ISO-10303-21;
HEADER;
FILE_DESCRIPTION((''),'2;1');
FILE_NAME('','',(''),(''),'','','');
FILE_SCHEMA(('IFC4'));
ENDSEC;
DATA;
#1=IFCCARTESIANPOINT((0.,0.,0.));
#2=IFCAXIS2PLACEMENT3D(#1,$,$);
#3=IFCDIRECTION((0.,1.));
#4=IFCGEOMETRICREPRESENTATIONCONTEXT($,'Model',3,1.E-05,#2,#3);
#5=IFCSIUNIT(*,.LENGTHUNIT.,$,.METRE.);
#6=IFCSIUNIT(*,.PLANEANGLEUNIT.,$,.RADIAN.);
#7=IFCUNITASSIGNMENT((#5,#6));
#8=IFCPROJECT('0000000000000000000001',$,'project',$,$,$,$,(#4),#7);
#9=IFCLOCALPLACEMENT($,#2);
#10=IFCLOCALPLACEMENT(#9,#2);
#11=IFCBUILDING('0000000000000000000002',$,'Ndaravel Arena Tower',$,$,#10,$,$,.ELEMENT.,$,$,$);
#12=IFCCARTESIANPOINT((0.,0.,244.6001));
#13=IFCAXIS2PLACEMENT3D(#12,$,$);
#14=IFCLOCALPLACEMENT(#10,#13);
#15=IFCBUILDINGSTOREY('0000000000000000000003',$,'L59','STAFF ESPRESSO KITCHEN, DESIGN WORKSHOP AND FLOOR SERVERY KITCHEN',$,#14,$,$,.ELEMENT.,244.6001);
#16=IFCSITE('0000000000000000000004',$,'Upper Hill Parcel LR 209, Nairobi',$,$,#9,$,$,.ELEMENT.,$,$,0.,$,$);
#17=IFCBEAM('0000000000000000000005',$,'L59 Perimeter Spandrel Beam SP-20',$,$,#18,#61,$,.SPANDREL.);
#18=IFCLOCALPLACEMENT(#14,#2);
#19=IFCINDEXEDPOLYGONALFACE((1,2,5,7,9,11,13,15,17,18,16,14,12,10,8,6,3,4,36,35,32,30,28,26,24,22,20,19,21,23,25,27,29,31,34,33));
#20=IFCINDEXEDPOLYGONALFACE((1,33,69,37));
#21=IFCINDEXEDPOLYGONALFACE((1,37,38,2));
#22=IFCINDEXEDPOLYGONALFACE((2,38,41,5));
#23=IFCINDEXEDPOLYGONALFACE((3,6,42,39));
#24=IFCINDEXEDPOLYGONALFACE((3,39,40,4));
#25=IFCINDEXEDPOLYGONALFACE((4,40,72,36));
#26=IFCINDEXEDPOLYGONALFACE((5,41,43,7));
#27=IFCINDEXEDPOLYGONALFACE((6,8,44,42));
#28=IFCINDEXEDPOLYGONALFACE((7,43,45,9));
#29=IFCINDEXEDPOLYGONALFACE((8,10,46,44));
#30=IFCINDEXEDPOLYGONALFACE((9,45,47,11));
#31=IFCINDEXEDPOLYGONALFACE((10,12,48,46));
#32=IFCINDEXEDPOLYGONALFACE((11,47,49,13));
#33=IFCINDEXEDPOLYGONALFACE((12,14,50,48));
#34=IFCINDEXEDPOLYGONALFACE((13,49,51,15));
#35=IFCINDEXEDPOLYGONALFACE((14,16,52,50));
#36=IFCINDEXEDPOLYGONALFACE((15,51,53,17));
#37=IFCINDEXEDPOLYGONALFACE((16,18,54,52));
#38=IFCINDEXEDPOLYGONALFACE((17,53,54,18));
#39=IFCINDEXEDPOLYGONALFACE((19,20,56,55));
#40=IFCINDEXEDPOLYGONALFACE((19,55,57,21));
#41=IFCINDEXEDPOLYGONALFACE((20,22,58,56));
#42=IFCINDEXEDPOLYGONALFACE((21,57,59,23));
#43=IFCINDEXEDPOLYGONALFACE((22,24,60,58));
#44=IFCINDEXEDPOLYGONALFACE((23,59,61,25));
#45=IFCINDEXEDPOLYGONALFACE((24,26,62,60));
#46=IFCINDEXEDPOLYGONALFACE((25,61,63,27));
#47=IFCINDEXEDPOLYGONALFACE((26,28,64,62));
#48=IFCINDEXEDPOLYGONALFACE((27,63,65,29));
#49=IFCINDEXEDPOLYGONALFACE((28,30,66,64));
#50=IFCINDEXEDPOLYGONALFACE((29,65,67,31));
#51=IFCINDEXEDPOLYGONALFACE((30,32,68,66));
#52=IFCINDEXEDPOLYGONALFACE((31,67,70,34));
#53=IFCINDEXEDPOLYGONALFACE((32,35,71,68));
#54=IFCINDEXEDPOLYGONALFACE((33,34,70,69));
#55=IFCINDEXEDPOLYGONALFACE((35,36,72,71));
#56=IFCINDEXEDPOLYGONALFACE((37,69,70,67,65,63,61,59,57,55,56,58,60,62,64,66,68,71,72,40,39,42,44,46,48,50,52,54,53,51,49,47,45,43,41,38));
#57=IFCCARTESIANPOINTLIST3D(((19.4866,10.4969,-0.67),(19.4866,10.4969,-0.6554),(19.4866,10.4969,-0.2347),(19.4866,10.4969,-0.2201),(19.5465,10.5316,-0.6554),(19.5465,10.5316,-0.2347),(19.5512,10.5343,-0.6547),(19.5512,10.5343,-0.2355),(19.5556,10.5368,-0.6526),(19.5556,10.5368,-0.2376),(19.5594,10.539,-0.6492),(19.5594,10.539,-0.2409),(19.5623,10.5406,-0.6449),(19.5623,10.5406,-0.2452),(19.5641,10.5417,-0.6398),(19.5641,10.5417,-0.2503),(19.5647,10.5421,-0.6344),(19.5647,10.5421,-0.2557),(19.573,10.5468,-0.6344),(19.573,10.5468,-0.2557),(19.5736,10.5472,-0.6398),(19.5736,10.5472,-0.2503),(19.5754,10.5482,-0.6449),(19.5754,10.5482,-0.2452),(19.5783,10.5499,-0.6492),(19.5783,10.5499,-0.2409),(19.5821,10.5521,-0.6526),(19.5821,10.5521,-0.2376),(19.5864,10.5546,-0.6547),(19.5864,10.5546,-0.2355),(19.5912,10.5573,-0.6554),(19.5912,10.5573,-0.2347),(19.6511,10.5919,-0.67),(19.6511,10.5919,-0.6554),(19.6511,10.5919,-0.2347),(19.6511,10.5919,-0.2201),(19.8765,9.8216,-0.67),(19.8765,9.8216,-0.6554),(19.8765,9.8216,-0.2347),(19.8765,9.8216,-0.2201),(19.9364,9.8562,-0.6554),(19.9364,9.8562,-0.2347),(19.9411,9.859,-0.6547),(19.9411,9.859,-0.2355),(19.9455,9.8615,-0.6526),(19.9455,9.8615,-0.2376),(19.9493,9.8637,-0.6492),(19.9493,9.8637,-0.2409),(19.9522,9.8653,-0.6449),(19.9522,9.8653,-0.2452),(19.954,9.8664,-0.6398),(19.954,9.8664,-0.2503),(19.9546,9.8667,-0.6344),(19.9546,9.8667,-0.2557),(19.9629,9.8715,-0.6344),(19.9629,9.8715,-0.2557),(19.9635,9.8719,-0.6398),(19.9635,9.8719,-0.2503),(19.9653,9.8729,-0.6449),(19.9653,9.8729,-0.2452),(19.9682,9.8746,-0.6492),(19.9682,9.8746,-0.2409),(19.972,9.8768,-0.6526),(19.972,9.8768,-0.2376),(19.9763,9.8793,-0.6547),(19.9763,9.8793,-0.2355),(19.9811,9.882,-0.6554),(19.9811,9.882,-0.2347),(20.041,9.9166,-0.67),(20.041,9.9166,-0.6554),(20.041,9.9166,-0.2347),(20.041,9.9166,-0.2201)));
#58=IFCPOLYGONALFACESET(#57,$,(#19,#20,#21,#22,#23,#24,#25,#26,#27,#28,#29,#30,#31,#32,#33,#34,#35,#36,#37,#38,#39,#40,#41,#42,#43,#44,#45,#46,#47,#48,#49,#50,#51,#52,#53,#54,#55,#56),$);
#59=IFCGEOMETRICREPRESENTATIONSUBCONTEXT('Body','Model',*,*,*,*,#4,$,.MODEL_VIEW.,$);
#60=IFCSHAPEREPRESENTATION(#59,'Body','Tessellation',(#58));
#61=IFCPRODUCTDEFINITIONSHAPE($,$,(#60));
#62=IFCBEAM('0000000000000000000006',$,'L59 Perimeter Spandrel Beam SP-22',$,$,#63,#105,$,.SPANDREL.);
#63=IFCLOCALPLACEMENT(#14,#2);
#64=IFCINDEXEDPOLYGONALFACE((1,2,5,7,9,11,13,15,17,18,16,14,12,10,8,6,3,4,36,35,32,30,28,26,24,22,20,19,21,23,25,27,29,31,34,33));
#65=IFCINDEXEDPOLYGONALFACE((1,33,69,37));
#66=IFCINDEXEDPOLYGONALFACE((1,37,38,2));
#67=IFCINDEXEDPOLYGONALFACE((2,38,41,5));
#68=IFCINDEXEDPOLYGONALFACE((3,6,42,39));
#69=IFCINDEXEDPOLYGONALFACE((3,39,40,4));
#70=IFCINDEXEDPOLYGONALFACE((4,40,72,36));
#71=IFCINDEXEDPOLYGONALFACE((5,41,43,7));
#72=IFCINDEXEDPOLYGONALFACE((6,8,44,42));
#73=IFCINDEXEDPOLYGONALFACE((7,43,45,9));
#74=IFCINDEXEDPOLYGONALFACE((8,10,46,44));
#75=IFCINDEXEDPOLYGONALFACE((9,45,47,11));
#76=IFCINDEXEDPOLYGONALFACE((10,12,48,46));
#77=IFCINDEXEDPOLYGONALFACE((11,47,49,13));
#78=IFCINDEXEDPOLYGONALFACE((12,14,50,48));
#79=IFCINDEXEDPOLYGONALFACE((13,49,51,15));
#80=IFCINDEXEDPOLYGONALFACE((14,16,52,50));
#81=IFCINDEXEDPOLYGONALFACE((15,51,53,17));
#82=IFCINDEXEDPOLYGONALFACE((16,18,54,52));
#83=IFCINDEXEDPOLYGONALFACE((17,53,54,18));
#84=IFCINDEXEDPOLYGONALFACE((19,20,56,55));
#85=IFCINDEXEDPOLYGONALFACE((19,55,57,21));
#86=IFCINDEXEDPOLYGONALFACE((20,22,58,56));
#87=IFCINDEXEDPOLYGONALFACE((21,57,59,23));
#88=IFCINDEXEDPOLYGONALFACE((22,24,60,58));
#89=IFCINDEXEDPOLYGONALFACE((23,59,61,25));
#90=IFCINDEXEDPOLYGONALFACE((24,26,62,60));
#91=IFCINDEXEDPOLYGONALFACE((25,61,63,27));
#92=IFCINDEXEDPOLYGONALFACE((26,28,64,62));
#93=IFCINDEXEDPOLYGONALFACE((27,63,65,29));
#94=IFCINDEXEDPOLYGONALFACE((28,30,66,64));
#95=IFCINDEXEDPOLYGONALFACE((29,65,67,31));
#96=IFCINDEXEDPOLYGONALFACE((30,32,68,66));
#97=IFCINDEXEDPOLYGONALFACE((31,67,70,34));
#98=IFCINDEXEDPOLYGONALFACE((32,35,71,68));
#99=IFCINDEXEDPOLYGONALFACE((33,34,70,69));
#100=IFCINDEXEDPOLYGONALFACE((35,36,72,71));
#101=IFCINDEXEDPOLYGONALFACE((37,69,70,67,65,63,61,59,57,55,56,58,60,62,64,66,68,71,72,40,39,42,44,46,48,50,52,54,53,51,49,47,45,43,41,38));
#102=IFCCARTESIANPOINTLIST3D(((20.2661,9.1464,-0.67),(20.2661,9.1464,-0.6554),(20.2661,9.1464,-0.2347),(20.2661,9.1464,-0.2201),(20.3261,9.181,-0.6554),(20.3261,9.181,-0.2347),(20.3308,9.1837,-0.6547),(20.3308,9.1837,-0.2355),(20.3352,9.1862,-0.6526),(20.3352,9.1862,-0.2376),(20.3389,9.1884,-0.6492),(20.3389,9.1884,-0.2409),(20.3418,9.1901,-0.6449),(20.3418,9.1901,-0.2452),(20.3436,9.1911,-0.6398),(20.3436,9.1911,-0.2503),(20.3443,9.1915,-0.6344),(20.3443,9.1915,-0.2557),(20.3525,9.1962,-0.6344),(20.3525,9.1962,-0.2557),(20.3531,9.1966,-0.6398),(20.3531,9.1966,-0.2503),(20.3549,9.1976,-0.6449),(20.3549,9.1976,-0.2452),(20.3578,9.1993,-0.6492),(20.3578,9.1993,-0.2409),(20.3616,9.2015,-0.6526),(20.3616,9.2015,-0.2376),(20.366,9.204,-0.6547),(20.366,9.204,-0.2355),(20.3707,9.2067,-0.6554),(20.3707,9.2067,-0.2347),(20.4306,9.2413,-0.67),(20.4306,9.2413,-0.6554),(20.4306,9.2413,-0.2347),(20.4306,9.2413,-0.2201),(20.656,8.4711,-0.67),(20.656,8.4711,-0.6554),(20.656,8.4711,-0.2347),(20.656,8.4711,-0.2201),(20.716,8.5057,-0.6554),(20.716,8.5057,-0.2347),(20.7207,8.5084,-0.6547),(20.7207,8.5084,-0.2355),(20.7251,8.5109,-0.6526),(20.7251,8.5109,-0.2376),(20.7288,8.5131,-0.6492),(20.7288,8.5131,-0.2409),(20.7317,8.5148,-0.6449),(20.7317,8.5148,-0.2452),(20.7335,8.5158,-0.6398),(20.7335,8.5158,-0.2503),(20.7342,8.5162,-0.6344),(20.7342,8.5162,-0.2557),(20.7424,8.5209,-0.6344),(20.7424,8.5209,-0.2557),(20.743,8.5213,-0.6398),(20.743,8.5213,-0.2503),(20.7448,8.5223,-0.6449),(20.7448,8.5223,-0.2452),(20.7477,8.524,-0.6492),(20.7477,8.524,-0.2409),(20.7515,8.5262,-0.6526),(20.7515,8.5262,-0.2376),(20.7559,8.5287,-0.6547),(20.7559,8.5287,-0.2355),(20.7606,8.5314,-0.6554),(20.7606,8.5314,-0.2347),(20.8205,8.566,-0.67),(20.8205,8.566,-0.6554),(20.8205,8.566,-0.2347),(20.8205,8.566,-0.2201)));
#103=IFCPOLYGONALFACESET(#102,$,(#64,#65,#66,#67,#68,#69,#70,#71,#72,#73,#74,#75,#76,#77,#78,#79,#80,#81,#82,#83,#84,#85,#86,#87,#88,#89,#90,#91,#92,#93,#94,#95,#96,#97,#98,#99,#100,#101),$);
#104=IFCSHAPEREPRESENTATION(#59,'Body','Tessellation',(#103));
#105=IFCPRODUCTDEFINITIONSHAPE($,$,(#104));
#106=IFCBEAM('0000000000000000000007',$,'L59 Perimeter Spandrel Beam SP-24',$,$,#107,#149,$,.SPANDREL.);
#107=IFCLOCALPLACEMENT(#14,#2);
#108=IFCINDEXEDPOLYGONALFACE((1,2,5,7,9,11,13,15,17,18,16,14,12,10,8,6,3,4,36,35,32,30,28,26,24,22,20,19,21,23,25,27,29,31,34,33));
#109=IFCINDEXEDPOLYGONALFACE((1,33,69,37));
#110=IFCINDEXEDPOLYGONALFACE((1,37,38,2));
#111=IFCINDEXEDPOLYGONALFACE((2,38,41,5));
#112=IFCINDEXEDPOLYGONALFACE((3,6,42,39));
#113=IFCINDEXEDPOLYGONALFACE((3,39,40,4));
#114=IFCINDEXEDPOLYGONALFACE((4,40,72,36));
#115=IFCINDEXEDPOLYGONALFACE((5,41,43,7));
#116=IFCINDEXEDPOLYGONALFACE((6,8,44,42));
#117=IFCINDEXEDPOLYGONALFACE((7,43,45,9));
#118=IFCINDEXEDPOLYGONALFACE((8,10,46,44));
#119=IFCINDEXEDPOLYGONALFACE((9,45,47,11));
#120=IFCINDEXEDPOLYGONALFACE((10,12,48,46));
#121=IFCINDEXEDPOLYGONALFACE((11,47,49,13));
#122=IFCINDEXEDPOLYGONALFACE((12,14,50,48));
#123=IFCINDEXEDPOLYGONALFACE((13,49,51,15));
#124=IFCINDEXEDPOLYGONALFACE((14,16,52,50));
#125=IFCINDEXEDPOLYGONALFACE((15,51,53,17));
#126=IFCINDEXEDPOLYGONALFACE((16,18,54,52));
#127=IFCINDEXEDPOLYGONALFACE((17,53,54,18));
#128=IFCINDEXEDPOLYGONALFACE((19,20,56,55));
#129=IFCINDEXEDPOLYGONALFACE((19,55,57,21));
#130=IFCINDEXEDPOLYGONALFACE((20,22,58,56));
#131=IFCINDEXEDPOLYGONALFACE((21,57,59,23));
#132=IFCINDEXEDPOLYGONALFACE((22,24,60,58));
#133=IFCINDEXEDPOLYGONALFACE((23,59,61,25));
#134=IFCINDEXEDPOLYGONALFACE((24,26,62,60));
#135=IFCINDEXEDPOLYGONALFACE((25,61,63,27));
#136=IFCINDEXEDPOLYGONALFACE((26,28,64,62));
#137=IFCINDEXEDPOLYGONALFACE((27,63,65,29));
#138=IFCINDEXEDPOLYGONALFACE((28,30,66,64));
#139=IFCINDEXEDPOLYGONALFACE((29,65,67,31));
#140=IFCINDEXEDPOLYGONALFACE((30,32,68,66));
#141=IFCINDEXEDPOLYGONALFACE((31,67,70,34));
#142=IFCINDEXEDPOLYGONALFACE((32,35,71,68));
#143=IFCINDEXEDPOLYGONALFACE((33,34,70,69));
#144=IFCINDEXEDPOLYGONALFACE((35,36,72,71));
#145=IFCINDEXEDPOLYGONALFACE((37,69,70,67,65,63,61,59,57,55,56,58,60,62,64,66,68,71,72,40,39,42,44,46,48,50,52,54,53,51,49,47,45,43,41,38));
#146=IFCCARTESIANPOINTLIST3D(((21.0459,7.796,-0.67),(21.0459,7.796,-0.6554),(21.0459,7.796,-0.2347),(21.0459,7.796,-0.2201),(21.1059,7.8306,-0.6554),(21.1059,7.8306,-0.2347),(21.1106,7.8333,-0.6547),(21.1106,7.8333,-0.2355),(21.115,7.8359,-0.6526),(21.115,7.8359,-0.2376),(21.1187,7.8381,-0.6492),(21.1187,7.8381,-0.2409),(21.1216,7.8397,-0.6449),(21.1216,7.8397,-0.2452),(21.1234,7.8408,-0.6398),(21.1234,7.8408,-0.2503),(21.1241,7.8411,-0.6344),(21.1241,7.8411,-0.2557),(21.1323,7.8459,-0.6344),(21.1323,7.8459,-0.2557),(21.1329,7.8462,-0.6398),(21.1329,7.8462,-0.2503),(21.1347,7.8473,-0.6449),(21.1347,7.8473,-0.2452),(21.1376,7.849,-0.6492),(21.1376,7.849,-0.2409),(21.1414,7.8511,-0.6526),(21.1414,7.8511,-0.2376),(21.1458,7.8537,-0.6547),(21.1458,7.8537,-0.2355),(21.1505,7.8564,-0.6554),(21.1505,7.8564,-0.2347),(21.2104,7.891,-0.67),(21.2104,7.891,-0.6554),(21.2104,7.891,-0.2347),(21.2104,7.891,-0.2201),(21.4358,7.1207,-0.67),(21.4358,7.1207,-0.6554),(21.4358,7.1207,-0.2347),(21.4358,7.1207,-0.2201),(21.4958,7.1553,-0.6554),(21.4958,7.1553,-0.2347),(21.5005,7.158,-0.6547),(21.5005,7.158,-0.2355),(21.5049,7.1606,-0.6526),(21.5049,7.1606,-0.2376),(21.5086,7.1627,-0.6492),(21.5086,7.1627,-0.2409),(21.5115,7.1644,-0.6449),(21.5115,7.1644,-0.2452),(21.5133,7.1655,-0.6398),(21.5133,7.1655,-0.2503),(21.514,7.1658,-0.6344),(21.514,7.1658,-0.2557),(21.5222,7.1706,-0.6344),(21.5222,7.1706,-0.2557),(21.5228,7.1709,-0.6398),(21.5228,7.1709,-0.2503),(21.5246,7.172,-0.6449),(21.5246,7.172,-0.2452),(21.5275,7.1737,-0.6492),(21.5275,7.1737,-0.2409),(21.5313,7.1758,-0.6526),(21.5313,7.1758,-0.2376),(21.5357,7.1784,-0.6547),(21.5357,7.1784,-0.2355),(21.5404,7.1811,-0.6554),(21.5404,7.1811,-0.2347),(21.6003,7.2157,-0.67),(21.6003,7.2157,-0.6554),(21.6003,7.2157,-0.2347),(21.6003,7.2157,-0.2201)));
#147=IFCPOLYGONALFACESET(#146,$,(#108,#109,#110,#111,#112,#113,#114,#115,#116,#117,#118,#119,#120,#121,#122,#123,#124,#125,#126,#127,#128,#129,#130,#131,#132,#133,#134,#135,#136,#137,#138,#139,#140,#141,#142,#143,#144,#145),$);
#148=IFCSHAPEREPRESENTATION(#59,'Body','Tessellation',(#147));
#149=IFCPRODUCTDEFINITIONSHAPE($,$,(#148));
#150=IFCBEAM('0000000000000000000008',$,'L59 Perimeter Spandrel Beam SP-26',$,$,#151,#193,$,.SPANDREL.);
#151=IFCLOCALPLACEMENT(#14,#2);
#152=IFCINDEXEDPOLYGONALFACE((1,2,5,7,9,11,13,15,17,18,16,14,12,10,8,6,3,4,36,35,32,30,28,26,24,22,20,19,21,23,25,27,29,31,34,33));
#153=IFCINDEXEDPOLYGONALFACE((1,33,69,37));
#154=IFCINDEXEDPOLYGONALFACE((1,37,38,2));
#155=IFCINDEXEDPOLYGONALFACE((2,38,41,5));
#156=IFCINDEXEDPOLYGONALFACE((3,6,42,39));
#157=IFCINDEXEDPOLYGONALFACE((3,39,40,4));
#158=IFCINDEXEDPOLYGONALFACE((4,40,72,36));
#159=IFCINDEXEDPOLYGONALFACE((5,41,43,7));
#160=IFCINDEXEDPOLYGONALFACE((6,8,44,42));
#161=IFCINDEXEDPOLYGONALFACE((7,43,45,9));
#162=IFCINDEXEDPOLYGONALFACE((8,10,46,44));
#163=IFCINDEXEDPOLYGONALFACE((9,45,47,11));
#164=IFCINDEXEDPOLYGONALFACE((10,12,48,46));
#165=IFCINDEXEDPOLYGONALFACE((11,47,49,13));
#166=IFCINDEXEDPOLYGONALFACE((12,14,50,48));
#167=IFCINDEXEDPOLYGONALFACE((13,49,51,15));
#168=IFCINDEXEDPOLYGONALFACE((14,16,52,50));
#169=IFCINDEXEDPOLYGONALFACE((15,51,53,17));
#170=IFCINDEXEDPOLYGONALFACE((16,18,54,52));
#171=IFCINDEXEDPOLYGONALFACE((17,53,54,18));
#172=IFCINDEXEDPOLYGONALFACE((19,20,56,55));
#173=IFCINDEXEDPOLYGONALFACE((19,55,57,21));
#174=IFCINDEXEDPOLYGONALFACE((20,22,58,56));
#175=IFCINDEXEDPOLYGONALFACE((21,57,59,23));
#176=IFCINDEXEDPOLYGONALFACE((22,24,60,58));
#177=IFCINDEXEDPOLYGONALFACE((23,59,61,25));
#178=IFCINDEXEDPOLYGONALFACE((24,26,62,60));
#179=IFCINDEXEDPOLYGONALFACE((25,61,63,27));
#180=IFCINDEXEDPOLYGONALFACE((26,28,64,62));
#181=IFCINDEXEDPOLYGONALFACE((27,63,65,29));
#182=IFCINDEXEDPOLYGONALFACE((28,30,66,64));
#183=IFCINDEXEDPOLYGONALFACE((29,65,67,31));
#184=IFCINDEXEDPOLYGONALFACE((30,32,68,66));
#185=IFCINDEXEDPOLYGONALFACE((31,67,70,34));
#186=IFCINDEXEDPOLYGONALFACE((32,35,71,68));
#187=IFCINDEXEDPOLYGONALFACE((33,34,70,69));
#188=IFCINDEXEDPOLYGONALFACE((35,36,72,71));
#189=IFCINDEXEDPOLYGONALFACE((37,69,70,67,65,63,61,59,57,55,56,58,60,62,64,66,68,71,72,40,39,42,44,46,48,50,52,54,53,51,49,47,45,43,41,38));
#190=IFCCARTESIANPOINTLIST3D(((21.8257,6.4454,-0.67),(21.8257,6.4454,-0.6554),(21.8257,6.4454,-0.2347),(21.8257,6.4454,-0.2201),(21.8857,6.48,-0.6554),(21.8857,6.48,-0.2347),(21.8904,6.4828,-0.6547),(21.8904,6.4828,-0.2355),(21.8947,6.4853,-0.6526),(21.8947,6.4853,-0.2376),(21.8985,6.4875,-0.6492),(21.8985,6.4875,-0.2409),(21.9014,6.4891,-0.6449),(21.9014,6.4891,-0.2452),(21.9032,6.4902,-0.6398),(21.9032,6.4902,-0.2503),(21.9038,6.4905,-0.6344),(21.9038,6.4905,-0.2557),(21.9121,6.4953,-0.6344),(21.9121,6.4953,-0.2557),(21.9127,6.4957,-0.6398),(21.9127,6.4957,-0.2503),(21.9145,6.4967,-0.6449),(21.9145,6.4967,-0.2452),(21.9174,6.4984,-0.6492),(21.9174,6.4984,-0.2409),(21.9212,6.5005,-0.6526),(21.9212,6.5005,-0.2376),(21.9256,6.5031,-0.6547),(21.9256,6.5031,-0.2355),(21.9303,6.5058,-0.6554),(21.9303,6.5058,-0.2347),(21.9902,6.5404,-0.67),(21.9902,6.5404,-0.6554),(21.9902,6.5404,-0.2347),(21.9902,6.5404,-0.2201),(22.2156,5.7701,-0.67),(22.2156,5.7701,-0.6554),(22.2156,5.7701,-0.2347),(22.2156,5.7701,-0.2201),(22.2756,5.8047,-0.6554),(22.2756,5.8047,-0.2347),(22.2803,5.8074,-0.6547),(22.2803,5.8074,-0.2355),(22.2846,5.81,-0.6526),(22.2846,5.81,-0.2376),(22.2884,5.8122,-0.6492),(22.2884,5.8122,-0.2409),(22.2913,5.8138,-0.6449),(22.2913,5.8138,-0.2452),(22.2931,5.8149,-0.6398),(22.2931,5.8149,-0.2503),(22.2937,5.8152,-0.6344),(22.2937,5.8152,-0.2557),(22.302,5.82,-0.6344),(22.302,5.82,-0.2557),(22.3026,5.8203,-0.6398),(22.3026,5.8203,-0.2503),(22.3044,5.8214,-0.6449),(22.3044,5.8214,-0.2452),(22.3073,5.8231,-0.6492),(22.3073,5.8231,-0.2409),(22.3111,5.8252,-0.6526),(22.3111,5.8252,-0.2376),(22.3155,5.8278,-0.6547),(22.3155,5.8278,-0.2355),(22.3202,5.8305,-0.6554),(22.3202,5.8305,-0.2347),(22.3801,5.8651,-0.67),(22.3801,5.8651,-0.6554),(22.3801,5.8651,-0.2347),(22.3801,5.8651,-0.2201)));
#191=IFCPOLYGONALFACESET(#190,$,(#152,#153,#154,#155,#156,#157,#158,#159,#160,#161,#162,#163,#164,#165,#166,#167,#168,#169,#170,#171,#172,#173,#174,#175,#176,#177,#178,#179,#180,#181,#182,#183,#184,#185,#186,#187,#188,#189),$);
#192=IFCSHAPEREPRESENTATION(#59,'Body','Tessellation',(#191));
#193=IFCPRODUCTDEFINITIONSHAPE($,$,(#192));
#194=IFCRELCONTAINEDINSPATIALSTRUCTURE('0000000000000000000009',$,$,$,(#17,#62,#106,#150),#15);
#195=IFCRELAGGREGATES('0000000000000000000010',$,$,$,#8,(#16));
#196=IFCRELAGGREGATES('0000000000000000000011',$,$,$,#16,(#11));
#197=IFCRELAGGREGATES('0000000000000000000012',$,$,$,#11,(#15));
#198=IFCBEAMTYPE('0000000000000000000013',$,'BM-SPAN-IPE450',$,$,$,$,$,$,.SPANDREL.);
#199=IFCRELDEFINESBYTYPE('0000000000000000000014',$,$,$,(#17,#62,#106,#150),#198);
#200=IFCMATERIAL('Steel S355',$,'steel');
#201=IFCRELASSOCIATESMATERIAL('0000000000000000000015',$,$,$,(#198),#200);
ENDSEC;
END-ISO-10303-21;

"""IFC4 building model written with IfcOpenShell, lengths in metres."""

from ifc_helpers import new_model, si_unit, direction, frame, origin, origin_2d, place, context, subcontext, project, spatial, i_section, extrude, material, material_profile, profile_set, type_object, element, save


model = new_model("IFC4")

# Units and contexts
model_context = context("Model", 3, precision=1e-05, world=origin(), true_north=direction((0.0, 1.0)))
body_context = subcontext(model_context, "Body", "Model", "MODEL_VIEW")
ifc_project = project(units=[si_unit("LENGTHUNIT", "METRE"), si_unit("PLANEANGLEUNIT", "RADIAN")], contexts=[model_context])

# Site, building, storey
site_placement = place(None, origin())
site = spatial("IfcSite", under=ifc_project, at=site_placement, Name="Upper Hill Parcel LR 209, Nairobi", CompositionType="ELEMENT", RefElevation=0.0)
building_placement = place(site_placement, origin())
building = spatial("IfcBuilding", under=site, at=building_placement, Name="Ndaravel Arena Tower", CompositionType="ELEMENT")
storey_placement = place(building_placement, frame((0.0, 0.0, 244.6001)))
storey = spatial("IfcBuildingStorey", under=building, at=storey_placement, Name="L59", Description="STAFF ESPRESSO KITCHEN, DESIGN WORKSHOP AND FLOOR SERVERY KITCHEN", CompositionType="ELEMENT", Elevation=244.6001)

# Beams
ifc_material_1 = material(Name="Steel S355", Category="steel")
ifc_material_profile_1 = material_profile(ifc_material_1, i_section(OverallWidth=0.1899, OverallDepth=0.45, WebThickness=0.0095, FlangeThickness=0.0146, FilletRadius=0.021, at=origin_2d()), Name="IPE 450")
ifc_profile_set_1 = profile_set([ifc_material_profile_1], Name="Steel S355")
beam_type = type_object("IfcBeamType", Name="BM-SPAN-IPE450", PredefinedType="SPANDREL", material=ifc_profile_set_1)
for number, where, z_axis, x_axis, name in (
    (1, (19.5688, 10.5444, -0.4451), (0.500012, -0.866019, 0.0), (0.866019, 0.500012, 0.0), "L59 Perimeter Spandrel Beam SP-20"),
    (2, (20.3484, 9.1938, -0.4451), (0.500012, -0.866019, 0.0), (0.866019, 0.500012, 0.0), "L59 Perimeter Spandrel Beam SP-22"),
    (3, (21.1282, 7.8435, -0.4451), (0.500012, -0.866019, 0.0), (0.866019, 0.500012, 0.0), "L59 Perimeter Spandrel Beam SP-24"),
    (4, (21.908, 6.4929, -0.4451), (0.500012, -0.866019, 0.0), (0.866019, 0.500012, 0.0), "L59 Perimeter Spandrel Beam SP-26"),
):
    element("IfcBeam", number, at=place(storey_placement, frame(where, z_axis=z_axis, x_axis=x_axis)), inside=storey, type_object=beam_type, Name=name, PredefinedType="SPANDREL", context=body_context, shape_type="SweptSolid", body=[
        extrude(i_section(OverallWidth=0.1899, OverallDepth=0.45, WebThickness=0.0095, FlangeThickness=0.0146, FilletRadius=0.021, at=origin_2d()), origin(), (0.0, 0.0, 1.0), 0.7798),
    ])

save(model, "model.ifc")
